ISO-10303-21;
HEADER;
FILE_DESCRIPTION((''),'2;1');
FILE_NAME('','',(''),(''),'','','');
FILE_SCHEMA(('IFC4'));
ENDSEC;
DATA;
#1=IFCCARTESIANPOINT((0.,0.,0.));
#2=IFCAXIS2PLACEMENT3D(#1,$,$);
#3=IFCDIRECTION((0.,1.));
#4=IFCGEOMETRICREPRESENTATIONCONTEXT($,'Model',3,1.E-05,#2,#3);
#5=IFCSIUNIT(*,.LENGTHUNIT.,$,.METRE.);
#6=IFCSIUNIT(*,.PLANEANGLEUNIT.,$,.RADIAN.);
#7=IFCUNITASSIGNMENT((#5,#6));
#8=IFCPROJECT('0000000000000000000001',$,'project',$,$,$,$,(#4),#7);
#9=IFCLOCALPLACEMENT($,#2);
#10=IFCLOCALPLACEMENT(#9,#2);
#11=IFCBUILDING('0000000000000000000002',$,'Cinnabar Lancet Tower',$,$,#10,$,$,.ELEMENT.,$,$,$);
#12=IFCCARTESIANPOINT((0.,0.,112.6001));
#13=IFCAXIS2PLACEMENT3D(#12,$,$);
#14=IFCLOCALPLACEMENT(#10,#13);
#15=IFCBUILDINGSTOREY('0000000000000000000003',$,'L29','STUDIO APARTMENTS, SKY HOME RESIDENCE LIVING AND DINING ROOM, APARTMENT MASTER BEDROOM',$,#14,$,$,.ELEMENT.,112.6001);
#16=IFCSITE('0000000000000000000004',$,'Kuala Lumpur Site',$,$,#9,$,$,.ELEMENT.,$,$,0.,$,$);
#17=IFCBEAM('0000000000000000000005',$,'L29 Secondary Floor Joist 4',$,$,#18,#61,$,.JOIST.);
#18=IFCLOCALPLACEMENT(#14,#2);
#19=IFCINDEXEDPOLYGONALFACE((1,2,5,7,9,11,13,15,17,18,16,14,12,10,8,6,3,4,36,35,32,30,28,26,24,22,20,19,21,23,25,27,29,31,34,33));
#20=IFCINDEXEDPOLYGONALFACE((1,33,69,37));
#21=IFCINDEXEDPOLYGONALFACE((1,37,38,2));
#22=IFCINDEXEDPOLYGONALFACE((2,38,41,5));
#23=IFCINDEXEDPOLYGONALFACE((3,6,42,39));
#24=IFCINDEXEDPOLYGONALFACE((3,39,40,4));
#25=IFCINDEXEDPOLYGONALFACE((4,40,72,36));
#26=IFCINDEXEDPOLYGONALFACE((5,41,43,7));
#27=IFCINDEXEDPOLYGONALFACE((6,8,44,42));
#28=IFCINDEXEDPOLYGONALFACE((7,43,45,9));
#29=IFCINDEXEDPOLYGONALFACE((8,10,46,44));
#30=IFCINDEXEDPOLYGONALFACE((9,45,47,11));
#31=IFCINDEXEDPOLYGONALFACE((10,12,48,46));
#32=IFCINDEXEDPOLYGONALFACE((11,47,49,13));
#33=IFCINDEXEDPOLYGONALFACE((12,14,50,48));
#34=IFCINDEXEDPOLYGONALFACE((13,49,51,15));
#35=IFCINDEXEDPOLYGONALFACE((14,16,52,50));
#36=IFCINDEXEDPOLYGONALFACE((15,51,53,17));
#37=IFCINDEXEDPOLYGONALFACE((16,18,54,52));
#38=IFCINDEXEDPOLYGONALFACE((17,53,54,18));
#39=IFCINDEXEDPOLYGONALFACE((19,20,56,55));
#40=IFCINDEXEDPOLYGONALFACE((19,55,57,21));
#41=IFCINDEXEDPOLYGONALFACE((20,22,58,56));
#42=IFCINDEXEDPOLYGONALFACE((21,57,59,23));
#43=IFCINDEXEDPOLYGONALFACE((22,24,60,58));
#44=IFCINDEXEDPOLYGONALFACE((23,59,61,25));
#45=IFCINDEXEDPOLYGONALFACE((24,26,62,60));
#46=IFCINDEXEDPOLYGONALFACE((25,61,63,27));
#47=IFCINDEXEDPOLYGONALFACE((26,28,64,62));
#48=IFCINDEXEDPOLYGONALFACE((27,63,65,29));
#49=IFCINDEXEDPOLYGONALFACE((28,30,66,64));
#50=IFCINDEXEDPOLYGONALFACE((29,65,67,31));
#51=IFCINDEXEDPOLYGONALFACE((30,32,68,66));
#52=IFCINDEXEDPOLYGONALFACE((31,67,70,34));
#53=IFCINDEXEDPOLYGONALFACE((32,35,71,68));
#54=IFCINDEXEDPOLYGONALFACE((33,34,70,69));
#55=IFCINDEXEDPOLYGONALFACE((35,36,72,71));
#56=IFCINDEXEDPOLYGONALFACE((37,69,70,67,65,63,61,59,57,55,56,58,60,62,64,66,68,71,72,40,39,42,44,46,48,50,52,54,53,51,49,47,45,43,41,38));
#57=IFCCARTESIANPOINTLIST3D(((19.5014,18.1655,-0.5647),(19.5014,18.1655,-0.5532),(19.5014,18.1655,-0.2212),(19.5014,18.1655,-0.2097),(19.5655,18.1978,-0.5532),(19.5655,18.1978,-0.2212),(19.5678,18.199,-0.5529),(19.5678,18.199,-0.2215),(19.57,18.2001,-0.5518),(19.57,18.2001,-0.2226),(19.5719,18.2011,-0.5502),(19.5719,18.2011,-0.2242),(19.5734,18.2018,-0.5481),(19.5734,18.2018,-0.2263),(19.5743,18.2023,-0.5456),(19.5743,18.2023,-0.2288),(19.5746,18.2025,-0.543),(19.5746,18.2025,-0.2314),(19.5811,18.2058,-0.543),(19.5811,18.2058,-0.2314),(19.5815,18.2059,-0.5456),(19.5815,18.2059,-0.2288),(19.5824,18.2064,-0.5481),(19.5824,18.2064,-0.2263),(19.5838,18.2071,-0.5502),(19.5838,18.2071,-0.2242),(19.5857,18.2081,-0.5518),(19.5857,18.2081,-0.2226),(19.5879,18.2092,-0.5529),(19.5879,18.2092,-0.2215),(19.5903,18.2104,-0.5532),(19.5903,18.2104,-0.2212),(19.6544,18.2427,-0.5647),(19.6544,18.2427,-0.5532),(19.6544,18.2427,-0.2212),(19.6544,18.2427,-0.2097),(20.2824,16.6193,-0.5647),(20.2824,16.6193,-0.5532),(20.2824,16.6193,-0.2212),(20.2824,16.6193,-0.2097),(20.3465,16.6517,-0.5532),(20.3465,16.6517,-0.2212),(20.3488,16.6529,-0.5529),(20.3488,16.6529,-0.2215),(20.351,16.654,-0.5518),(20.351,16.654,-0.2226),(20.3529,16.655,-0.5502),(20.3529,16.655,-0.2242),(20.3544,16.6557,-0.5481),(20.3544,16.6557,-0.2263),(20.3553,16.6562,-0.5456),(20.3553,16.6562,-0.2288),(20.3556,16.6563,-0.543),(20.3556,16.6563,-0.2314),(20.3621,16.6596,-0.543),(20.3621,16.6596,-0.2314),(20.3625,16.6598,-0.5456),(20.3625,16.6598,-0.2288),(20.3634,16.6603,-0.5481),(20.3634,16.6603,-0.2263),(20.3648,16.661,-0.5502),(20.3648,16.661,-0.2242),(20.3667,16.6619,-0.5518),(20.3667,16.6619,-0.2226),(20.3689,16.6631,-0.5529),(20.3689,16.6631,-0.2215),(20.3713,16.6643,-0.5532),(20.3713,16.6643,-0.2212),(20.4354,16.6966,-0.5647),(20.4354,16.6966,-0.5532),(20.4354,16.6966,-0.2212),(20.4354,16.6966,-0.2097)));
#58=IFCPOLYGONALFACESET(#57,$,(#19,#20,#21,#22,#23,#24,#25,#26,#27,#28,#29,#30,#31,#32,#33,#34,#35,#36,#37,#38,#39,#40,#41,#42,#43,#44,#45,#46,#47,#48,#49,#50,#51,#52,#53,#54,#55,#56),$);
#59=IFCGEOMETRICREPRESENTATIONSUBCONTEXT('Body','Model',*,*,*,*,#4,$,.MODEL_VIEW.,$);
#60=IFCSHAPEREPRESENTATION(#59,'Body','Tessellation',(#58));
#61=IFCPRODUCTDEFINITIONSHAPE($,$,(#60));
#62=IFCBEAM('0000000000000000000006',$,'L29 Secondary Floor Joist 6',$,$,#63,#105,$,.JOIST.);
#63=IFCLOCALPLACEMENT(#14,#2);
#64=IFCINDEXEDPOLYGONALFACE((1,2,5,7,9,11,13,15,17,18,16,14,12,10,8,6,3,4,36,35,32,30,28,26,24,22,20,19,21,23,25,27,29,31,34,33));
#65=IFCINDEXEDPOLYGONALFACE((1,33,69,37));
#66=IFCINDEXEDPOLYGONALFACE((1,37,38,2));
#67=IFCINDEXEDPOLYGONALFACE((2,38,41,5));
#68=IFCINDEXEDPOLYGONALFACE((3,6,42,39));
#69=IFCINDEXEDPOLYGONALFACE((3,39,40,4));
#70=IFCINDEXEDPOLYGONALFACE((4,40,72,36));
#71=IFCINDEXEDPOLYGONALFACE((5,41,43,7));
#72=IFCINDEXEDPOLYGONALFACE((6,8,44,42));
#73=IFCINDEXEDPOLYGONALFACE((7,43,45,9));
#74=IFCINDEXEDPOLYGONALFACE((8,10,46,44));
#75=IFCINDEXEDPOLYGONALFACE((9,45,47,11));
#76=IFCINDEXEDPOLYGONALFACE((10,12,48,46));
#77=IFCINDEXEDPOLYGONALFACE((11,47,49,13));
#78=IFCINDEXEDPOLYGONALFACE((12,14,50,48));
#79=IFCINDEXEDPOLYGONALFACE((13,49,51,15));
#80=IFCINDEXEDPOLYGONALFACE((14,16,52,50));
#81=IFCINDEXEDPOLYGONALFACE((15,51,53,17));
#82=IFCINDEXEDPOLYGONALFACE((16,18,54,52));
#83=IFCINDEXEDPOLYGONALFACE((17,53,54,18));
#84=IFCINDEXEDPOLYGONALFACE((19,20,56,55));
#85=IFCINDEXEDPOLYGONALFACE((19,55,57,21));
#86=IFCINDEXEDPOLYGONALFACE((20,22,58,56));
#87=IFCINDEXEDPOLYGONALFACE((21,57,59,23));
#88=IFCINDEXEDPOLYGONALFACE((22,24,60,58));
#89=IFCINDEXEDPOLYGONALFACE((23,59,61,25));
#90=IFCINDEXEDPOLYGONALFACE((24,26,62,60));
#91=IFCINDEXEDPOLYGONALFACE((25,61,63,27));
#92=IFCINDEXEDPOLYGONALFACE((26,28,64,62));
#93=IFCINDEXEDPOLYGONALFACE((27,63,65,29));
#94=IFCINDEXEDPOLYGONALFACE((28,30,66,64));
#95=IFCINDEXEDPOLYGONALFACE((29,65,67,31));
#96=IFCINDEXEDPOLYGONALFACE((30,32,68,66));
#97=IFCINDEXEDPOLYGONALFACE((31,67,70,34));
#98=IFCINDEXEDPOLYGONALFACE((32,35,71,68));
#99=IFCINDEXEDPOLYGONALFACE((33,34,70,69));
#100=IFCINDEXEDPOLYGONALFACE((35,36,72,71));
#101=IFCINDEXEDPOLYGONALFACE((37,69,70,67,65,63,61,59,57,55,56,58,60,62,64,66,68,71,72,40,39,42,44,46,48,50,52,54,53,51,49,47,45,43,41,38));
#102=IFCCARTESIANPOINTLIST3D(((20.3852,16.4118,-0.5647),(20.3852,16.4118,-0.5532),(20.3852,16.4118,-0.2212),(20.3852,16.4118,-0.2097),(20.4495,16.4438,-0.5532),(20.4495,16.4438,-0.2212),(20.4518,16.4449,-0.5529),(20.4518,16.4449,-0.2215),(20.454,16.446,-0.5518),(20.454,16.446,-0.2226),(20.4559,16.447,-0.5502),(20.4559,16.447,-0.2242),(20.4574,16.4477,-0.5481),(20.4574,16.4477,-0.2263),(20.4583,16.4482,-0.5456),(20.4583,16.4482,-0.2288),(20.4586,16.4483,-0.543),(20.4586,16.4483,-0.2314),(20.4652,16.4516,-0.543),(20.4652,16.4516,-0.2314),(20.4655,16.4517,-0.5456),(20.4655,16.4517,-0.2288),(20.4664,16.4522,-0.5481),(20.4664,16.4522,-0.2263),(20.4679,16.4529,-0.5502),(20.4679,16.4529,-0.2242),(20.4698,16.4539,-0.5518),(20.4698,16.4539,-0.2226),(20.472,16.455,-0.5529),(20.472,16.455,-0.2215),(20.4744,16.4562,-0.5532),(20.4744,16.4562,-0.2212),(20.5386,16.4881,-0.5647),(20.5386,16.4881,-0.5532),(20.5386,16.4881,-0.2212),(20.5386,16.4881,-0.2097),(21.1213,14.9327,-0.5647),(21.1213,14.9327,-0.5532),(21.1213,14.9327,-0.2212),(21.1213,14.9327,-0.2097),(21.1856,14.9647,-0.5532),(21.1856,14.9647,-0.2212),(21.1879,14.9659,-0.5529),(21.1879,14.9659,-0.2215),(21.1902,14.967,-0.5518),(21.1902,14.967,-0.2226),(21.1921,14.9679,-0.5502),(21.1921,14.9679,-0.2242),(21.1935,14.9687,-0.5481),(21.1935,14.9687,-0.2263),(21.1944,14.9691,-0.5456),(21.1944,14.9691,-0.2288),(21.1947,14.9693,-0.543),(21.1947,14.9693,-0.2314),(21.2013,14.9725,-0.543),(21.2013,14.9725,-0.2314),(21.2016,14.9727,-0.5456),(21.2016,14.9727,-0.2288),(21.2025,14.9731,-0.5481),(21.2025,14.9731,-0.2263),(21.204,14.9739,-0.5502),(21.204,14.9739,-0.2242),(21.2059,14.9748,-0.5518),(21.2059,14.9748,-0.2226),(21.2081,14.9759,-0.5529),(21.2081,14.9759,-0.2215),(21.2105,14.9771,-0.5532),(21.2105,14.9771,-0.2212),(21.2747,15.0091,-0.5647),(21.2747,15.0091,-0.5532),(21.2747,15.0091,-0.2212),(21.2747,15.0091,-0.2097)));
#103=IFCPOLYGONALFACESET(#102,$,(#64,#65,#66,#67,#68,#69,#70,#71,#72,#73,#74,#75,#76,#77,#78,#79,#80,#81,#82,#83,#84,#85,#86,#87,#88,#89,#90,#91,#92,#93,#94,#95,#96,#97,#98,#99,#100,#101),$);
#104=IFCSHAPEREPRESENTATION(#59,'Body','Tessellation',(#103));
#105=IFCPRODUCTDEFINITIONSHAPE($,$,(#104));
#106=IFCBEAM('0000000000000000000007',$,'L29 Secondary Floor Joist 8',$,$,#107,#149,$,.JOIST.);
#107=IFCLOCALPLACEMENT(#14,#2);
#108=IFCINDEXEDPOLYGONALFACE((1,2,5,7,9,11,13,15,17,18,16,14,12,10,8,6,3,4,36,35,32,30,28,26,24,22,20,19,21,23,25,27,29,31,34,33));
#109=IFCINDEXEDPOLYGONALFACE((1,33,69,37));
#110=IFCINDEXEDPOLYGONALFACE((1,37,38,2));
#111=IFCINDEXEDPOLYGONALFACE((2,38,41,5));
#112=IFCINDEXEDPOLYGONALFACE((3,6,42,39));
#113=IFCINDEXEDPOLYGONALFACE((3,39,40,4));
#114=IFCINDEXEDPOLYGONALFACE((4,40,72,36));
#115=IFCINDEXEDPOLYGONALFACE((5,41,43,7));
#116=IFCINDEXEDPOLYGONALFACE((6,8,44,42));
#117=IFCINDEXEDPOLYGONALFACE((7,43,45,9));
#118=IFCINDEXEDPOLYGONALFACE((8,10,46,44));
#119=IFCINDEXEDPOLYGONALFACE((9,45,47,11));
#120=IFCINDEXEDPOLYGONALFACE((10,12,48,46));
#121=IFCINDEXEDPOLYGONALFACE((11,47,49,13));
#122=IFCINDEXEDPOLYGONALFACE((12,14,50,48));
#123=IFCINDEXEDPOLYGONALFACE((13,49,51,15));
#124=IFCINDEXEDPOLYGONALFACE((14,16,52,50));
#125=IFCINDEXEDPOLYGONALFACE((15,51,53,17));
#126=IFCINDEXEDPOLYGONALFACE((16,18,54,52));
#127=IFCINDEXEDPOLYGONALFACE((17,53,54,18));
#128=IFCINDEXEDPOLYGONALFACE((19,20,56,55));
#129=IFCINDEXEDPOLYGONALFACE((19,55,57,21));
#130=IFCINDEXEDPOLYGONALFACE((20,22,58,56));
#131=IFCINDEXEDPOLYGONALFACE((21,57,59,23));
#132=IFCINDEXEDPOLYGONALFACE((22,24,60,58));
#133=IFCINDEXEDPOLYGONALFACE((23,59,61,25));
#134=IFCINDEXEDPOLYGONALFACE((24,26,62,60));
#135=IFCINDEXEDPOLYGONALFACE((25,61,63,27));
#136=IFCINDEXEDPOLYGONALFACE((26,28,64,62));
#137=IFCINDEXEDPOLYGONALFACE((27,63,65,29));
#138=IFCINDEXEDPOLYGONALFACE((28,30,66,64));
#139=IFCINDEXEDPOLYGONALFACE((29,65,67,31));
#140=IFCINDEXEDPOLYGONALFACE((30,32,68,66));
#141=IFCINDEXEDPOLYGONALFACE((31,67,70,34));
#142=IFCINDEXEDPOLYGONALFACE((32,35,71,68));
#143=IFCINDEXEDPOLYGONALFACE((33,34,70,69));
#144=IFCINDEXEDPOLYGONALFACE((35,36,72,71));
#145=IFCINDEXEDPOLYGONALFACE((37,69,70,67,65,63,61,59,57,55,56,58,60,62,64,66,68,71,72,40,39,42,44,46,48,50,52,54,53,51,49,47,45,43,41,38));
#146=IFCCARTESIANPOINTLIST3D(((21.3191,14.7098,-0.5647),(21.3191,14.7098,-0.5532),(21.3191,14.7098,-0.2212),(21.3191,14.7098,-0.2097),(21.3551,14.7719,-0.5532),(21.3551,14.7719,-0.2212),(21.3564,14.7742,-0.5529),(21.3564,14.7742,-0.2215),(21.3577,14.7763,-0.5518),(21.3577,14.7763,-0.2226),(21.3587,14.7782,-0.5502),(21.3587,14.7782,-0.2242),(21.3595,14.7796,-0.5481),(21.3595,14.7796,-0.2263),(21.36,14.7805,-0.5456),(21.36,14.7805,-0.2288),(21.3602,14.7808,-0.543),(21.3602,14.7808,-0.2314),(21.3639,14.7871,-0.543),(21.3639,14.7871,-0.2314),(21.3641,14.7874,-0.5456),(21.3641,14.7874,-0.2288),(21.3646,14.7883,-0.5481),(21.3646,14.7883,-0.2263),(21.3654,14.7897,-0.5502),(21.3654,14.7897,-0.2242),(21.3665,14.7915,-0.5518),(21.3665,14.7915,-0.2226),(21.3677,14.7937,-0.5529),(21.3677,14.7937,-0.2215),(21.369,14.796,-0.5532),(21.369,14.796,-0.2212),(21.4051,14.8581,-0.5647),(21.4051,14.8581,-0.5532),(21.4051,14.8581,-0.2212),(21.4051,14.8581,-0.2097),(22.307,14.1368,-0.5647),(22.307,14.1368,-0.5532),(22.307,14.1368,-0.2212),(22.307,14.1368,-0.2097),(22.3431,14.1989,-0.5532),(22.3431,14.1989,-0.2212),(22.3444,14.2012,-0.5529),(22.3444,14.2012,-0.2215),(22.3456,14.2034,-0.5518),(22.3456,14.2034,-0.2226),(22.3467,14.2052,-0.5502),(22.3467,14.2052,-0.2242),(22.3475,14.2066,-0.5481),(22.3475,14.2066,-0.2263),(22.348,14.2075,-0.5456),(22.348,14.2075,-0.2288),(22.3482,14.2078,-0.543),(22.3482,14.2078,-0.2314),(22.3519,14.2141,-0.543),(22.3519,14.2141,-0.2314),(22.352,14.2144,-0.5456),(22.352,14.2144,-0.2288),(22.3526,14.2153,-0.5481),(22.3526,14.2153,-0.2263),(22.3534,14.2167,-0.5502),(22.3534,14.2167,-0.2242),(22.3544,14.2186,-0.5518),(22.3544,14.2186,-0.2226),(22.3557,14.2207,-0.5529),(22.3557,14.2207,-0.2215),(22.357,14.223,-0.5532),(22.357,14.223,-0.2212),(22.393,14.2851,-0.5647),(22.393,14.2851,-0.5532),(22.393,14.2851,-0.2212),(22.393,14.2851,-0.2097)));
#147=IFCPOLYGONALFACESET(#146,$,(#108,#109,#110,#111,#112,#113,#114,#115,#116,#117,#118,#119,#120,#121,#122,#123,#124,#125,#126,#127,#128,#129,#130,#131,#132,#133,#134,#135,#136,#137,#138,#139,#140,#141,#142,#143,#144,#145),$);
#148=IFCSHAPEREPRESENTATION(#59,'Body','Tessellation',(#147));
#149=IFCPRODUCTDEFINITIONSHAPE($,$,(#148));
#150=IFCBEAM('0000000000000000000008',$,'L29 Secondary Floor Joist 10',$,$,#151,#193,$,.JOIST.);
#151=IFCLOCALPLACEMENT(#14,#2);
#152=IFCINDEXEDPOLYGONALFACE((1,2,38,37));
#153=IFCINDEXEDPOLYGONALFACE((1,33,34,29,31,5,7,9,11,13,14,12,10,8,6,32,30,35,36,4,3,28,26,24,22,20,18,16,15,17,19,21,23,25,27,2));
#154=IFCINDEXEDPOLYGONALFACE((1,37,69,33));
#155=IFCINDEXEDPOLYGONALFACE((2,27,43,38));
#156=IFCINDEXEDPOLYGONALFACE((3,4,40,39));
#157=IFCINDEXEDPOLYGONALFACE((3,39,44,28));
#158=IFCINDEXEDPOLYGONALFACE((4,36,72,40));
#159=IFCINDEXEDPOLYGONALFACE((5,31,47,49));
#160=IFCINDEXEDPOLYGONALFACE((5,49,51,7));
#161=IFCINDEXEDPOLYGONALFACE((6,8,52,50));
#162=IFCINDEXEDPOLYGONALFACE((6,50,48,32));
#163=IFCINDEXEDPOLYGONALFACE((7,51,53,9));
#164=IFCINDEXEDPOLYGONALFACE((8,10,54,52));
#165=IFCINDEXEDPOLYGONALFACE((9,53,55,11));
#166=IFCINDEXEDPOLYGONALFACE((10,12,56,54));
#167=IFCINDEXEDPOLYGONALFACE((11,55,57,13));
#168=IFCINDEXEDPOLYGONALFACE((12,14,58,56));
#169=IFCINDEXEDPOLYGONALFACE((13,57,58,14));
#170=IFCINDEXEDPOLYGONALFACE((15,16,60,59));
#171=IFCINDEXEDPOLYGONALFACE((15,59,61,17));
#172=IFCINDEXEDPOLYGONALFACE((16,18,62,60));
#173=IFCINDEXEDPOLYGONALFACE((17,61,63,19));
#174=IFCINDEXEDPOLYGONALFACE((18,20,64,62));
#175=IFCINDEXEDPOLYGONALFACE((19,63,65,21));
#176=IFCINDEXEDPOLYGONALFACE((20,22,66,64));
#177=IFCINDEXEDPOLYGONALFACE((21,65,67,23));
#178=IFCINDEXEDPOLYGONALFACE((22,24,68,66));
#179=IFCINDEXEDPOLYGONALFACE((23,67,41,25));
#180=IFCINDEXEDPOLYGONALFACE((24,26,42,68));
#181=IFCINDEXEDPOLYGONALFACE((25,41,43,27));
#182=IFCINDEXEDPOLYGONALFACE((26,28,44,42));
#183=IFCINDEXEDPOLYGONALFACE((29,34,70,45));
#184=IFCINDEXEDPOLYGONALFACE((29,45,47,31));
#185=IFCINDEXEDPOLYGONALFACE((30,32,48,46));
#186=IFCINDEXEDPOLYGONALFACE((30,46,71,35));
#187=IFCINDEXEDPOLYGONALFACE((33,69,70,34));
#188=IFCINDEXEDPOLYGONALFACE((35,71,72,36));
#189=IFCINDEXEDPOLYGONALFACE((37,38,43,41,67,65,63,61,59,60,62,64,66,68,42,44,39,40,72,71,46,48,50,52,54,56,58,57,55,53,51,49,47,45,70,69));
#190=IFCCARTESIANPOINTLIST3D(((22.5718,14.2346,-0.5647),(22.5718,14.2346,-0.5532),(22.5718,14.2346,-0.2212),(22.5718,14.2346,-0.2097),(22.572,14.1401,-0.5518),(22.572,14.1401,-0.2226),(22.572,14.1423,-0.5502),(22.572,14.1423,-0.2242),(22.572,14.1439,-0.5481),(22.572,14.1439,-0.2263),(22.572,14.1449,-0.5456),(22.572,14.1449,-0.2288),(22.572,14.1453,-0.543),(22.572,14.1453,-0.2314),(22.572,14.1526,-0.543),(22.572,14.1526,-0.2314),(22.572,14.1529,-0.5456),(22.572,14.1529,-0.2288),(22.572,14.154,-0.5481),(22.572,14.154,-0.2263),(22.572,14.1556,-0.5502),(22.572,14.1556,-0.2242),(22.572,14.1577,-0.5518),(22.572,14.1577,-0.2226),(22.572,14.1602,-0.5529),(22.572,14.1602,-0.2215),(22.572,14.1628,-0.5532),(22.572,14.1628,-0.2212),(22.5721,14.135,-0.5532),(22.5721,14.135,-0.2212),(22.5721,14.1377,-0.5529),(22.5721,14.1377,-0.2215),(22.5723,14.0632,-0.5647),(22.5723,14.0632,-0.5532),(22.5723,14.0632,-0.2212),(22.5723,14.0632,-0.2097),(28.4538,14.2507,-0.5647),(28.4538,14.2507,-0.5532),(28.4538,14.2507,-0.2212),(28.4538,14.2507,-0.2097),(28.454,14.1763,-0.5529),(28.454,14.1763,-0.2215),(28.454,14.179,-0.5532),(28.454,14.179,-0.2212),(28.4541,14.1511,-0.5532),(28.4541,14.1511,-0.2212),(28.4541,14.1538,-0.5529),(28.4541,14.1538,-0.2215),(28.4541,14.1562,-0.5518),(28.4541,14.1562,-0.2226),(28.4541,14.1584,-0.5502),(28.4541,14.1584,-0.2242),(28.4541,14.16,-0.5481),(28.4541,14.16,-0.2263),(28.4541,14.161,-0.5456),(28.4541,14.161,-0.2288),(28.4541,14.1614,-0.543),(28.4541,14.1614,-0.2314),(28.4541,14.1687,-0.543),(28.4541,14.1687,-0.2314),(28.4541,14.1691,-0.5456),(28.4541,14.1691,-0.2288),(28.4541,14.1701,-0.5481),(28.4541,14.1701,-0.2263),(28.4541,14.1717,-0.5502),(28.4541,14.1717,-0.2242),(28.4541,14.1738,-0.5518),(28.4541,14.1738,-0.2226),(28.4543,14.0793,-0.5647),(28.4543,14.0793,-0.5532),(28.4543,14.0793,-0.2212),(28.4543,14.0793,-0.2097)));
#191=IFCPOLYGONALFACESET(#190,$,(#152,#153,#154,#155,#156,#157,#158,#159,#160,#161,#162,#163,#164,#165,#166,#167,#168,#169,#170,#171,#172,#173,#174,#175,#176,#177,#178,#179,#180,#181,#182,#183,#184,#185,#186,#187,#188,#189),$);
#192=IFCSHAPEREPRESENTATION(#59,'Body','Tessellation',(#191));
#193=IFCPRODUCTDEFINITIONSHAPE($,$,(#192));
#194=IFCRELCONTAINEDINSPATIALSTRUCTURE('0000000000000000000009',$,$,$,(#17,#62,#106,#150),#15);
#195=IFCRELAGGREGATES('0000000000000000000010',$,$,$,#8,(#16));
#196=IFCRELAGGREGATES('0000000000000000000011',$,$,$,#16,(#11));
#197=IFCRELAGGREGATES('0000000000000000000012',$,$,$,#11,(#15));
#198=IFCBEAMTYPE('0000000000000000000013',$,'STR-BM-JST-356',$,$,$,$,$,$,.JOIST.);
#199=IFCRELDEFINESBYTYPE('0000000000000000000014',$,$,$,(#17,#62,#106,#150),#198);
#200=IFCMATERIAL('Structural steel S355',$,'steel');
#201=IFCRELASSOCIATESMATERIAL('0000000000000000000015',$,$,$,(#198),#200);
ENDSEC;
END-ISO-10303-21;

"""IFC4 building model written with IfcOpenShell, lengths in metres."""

from ifc_helpers import new_model, si_unit, direction, frame, origin, origin_2d, place, context, subcontext, project, spatial, i_section, extrude, material, material_profile, profile_set, type_object, element, save


model = new_model("IFC4")

# Units and contexts
model_context = context("Model", 3, precision=1e-05, world=origin(), true_north=direction((0.0, 1.0)))
body_context = subcontext(model_context, "Body", "Model", "MODEL_VIEW")
ifc_project = project(units=[si_unit("LENGTHUNIT", "METRE"), si_unit("PLANEANGLEUNIT", "RADIAN")], contexts=[model_context])

# Site, building, storey
site_placement = place(None, origin())
site = spatial("IfcSite", under=ifc_project, at=site_placement, Name="Kuala Lumpur Site", CompositionType="ELEMENT", RefElevation=0.0)
building_placement = place(site_placement, origin())
building = spatial("IfcBuilding", under=site, at=building_placement, Name="Cinnabar Lancet Tower", CompositionType="ELEMENT")
storey_placement = place(building_placement, frame((0.0, 0.0, 112.6001)))
storey = spatial("IfcBuildingStorey", under=building, at=storey_placement, Name="L29", Description="STUDIO APARTMENTS, SKY HOME RESIDENCE LIVING AND DINING ROOM, APARTMENT MASTER BEDROOM", CompositionType="ELEMENT", Elevation=112.6001)

# Beams
ifc_material_1 = material(Name="Structural steel S355", Category="steel")
ifc_material_profile = material_profile(ifc_material_1, i_section(OverallWidth=0.1714, OverallDepth=0.355, WebThickness=0.0073, FlangeThickness=0.0115, FilletRadius=0.0103, at=origin_2d()), Name="UKB 356x171x51")
ifc_profile_set = profile_set([ifc_material_profile], Name="Structural steel S355")
beam_type = type_object("IfcBeamType", Name="STR-BM-JST-356", PredefinedType="JOIST", material=ifc_profile_set)
beam_1_placement = place(storey_placement, frame((19.5779, 18.2041, -0.3872), z_axis=(0.450874, -0.892587, 0.0), x_axis=(0.892587, 0.450874, 0.0)))
element("IfcBeam", 1, at=beam_1_placement, inside=storey, type_object=beam_type, Name="L29 Secondary Floor Joist 4", PredefinedType="JOIST", context=body_context, shape_type="SweptSolid", body=[
    extrude(i_section(OverallWidth=0.1714, OverallDepth=0.355, WebThickness=0.0073, FlangeThickness=0.0115, FilletRadius=0.0103, at=origin_2d()), origin(), (0.0, 0.0, 1.0), 1.7322),
])
beam_2_placement = place(storey_placement, frame((20.4619, 16.45, -0.3872), z_axis=(0.445558, -0.895253, 0.0), x_axis=(0.895253, 0.445558, 0.0)))
element("IfcBeam", 2, at=beam_2_placement, inside=storey, type_object=beam_type, Name="L29 Secondary Floor Joist 6", PredefinedType="JOIST", context=body_context, shape_type="SweptSolid", body=[
    extrude(i_section(OverallWidth=0.1714, OverallDepth=0.355, WebThickness=0.0073, FlangeThickness=0.0115, FilletRadius=0.0103, at=origin_2d()), origin(), (0.0, 0.0, 1.0), 1.6521),
])
beam_3_placement = place(storey_placement, frame((21.3621, 14.7839, -0.3872), z_axis=(0.865055, -0.501677, 0.0), x_axis=(0.501677, 0.865055, 0.0)))
element("IfcBeam", 3, at=beam_3_placement, inside=storey, type_object=beam_type, Name="L29 Secondary Floor Joist 8", PredefinedType="JOIST", context=body_context, shape_type="SweptSolid", body=[
    extrude(i_section(OverallWidth=0.1714, OverallDepth=0.355, WebThickness=0.0073, FlangeThickness=0.0115, FilletRadius=0.0103, at=origin_2d()), origin(), (0.0, 0.0, 1.0), 1.1421),
])
beam_4_placement = place(storey_placement, frame((22.572, 14.1489, -0.3872), z_axis=(0.999996, 0.002739, 0.0), x_axis=(-0.002739, 0.999996, 0.0)))
element("IfcBeam", 4, at=beam_4_placement, inside=storey, type_object=beam_type, Name="L29 Secondary Floor Joist 10", PredefinedType="JOIST", context=body_context, shape_type="SweptSolid", body=[
    extrude(i_section(OverallWidth=0.1714, OverallDepth=0.355, WebThickness=0.0073, FlangeThickness=0.0115, FilletRadius=0.0103, at=origin_2d()), origin(), (0.0, 0.0, 1.0), 5.8821),
])

save(model, "model.ifc")
